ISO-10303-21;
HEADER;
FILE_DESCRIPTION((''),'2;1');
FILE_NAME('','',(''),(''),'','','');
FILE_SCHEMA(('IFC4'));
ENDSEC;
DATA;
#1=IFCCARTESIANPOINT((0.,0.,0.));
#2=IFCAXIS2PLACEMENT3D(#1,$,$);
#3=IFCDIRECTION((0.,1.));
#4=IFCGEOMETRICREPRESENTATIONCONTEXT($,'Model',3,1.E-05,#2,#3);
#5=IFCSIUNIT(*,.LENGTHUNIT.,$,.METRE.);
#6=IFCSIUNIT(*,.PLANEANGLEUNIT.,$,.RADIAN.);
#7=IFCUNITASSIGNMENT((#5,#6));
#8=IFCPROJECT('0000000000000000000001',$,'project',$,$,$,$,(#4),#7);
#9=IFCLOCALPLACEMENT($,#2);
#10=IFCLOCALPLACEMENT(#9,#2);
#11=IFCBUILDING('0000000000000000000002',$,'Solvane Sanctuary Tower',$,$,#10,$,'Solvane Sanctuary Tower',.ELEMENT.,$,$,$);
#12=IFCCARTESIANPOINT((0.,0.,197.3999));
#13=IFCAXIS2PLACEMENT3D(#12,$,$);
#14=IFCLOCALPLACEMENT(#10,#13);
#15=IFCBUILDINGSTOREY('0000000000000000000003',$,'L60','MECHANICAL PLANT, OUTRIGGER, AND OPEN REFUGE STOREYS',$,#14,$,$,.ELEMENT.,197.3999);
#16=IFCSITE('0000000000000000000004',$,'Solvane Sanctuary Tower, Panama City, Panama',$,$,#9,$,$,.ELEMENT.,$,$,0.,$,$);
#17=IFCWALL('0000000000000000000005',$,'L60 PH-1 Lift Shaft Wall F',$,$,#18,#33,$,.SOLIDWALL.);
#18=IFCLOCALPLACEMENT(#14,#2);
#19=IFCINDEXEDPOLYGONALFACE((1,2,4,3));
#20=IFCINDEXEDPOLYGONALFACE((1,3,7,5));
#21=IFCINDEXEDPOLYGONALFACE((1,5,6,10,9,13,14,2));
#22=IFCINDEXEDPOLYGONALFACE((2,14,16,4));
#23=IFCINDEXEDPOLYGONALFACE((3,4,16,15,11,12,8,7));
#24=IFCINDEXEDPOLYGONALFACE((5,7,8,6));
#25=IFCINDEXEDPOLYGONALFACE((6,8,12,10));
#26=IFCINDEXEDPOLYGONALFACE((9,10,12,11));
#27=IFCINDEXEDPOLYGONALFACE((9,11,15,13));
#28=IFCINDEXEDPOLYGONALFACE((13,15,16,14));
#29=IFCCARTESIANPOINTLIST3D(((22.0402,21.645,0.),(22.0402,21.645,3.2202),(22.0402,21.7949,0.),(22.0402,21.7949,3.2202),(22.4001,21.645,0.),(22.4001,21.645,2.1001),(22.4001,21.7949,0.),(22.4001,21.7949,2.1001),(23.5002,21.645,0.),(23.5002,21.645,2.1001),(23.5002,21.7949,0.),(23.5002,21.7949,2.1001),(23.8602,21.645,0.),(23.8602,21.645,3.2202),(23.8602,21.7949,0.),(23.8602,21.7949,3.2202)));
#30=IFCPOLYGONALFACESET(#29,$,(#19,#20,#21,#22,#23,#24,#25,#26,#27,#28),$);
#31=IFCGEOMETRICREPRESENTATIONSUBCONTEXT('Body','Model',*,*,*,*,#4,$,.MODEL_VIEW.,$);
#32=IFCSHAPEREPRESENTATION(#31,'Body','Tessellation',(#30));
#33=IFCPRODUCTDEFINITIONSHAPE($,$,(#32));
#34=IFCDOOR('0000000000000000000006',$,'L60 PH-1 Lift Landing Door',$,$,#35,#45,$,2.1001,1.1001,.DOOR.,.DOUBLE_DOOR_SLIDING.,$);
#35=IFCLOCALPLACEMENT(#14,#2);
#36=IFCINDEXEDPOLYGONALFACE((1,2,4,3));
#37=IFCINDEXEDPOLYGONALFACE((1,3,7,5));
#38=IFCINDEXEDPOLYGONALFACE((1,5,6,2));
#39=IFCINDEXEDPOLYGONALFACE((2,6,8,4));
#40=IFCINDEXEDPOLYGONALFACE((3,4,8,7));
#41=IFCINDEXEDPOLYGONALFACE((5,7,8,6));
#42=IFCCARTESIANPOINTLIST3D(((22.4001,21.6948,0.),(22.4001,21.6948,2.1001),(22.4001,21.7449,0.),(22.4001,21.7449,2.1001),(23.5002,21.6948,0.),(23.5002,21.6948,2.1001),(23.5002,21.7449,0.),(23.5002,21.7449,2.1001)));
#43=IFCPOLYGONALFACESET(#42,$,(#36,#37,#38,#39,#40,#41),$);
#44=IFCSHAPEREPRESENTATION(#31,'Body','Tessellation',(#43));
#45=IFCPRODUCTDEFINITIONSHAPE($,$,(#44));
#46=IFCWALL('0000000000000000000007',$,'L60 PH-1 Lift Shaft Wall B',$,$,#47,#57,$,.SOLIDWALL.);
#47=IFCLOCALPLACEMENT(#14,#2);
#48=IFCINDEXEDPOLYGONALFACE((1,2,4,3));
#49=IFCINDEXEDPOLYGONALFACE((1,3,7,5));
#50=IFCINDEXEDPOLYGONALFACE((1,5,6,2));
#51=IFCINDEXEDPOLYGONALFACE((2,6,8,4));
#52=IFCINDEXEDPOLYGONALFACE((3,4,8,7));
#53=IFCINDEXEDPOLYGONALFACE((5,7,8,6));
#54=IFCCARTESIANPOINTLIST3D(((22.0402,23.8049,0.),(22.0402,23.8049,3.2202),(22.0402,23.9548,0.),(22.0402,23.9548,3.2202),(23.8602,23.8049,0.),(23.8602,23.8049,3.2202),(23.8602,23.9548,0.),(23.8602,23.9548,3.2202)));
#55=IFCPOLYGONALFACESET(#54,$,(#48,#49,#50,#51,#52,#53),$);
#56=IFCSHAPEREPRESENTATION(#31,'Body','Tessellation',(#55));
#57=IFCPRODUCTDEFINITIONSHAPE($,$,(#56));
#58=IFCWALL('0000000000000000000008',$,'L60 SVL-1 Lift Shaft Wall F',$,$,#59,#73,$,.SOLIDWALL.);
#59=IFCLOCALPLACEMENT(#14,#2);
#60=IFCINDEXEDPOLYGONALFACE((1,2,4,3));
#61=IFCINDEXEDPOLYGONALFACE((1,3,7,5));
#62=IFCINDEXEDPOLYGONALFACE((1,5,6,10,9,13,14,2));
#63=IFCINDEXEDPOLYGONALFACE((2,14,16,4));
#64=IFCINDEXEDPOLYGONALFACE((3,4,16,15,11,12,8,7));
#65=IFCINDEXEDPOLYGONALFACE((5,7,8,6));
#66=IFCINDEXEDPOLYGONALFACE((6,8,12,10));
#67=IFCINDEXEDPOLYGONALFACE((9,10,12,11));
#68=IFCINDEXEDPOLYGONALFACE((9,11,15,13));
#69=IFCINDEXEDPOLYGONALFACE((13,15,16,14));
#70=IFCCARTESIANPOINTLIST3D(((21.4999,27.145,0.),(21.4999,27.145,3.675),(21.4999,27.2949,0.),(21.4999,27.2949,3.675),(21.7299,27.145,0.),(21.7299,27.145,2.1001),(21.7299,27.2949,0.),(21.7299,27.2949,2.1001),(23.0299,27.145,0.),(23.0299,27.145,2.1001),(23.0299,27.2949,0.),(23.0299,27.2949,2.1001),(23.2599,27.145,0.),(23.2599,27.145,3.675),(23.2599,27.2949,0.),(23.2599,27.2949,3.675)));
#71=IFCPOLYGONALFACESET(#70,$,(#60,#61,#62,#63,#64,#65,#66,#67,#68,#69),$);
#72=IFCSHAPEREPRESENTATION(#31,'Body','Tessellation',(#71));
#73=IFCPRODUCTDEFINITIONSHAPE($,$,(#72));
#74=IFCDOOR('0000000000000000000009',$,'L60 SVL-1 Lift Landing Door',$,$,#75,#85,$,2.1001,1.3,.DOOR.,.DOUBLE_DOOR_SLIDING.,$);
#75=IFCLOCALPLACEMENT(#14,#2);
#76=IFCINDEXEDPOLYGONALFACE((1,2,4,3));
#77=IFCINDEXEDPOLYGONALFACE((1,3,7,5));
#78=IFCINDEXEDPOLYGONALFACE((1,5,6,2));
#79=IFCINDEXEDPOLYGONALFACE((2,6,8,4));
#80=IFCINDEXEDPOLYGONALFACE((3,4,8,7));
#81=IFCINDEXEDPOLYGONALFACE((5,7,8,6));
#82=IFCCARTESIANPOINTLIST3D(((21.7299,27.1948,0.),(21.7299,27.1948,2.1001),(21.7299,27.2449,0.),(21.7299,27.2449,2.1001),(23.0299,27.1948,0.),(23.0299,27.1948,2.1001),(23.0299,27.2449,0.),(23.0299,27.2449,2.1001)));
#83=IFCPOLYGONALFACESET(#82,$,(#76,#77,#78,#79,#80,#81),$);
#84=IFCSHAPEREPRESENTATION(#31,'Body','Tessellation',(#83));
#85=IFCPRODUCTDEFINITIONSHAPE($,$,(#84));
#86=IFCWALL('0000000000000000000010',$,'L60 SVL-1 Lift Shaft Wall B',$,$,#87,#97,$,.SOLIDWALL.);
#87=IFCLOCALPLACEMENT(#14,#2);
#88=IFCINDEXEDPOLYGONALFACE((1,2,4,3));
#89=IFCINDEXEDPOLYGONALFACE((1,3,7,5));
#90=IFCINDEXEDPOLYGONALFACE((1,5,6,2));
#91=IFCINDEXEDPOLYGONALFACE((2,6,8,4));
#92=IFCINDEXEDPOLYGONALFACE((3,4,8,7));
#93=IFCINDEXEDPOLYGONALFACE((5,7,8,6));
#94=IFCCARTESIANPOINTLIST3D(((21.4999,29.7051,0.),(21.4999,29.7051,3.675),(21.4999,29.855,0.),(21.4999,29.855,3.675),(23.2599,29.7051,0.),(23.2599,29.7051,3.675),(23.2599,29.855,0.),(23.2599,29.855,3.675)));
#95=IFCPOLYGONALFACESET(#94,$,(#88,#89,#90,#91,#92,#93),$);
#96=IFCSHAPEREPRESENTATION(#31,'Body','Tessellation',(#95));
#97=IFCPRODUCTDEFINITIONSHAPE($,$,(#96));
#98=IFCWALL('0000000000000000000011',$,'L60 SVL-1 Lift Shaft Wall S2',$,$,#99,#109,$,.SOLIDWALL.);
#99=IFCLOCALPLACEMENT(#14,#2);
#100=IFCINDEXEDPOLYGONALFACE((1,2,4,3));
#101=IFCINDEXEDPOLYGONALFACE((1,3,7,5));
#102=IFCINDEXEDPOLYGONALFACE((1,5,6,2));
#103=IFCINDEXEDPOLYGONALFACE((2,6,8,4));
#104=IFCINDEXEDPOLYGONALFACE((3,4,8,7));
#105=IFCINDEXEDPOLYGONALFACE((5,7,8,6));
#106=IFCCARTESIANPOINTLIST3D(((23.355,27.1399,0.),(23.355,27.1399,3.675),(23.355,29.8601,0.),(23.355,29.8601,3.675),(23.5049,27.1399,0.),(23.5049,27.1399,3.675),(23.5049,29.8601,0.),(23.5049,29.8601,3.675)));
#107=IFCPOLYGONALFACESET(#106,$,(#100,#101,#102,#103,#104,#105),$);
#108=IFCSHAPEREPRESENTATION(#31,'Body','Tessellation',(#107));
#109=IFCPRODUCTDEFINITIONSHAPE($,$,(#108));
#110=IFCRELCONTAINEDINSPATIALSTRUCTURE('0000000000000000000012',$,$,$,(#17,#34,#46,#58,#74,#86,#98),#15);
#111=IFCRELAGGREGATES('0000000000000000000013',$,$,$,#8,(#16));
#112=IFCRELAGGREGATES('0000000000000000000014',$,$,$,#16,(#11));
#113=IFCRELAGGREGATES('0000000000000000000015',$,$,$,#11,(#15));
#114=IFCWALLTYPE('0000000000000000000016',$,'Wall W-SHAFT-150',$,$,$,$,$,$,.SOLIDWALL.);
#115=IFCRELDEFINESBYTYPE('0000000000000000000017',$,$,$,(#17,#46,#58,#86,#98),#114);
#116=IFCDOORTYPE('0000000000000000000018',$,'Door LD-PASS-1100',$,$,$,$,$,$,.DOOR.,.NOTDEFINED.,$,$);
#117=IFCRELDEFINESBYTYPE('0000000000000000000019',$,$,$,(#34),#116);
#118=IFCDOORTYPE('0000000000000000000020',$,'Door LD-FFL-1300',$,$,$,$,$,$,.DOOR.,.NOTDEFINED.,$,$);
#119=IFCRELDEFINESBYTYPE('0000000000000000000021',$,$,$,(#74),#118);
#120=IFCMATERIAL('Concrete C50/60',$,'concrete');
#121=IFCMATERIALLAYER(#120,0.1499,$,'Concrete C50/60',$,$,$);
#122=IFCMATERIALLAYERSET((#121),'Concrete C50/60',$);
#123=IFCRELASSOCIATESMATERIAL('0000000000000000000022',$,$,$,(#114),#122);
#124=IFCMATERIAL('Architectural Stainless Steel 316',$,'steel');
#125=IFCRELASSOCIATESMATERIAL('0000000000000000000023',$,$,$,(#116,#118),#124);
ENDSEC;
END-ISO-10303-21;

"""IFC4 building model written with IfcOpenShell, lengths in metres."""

from ifc_helpers import new_model, si_unit, direction, frame, frame_2d, origin, place, context, subcontext, project, spatial, rectangle, extrude, material, layer, layer_set, type_object, element, fill, save


model = new_model("IFC4")

# Units and contexts
model_context = context("Model", 3, precision=1e-05, world=origin(), true_north=direction((0.0, 1.0)))
body_context = subcontext(model_context, "Body", "Model", "MODEL_VIEW")
ifc_project = project(units=[si_unit("LENGTHUNIT", "METRE"), si_unit("PLANEANGLEUNIT", "RADIAN")], contexts=[model_context])

# Site, building, storey
site_placement = place(None, origin())
site = spatial("IfcSite", under=ifc_project, at=site_placement, Name="Solvane Sanctuary Tower, Panama City, Panama", CompositionType="ELEMENT", RefElevation=0.0)
building_placement = place(site_placement, origin())
building = spatial("IfcBuilding", under=site, at=building_placement, Name="Solvane Sanctuary Tower", LongName="Solvane Sanctuary Tower", CompositionType="ELEMENT")
storey_placement = place(building_placement, frame((0.0, 0.0, 197.3999)))
storey = spatial("IfcBuildingStorey", under=building, at=storey_placement, Name="L60", Description="MECHANICAL PLANT, OUTRIGGER, AND OPEN REFUGE STOREYS", CompositionType="ELEMENT", Elevation=197.3999)

# Shared definitions
ifc_material_1 = material(Name="Concrete C50/60", Category="concrete")

# Shared definitions
ifc_material_2 = material(Name="Architectural Stainless Steel 316", Category="steel")

# Wall, opening, door
ifc_layer_1 = layer(ifc_material_1, 0.1499, Name="Concrete C50/60")
ifc_layer_set_1 = layer_set([ifc_layer_1], Name="Concrete C50/60")
wall_type_1 = type_object("IfcWallType", Name="Wall W-SHAFT-150", PredefinedType="SOLIDWALL", material=ifc_layer_set_1)
wall_1_placement = place(storey_placement, frame((22.04, 21.72, 0.0), z_axis=(0.0, 0.0, 1.0), x_axis=(1.0, 0.0, 0.0)))
wall_1 = element("IfcWall", 1, at=wall_1_placement, inside=storey, type_object=wall_type_1, Name="L60 PH-1 Lift Shaft Wall F", PredefinedType="SOLIDWALL", context=body_context, shape_type="SweptSolid", body=[
    extrude(rectangle(XDim=1.8201, YDim=0.1499, at=frame_2d((0.9102, 0.0))), origin(), (0.0, 0.0, 1.0), 3.2202),
])
opening_1_placement = place(wall_1_placement, frame((0.3601, 0.0, 0.0)))
opening_1 = element("IfcOpeningElement", 2, at=opening_1_placement, cuts=wall_1, PredefinedType="OPENING", context=body_context, shape_type="SweptSolid", body=[
    extrude(rectangle(XDim=1.1001, YDim=2.1001, at=frame_2d((0.55, 1.05))), frame((0.0, 0.085, 0.0), z_axis=(0.0, -1.0, 0.0), x_axis=(1.0, 0.0, 0.0)), (0.0, 0.0, 1.0), 0.1699),
])
door_type_1 = type_object("IfcDoorType", Name="Door LD-PASS-1100", OperationType="NOTDEFINED", PredefinedType="DOOR", material=ifc_material_2)
door_1_placement = place(opening_1_placement, origin())
door_1 = element("IfcDoor", 3, at=door_1_placement, inside=storey, type_object=door_type_1, Name="L60 PH-1 Lift Landing Door", OperationType="DOUBLE_DOOR_SLIDING", OverallHeight=2.1001, OverallWidth=1.1001, PredefinedType="DOOR", context=body_context, shape_type="SweptSolid", body=[
    extrude(rectangle(XDim=1.1001, YDim=2.1001, at=frame_2d((0.55, 1.05))), frame((0.0, 0.0249, 0.0), z_axis=(0.0, -1.0, 0.0), x_axis=(1.0, 0.0, 0.0)), (0.0, 0.0, 1.0), 0.05),
])
fill(opening_1, door_1)

# Wall
wall_2_placement = place(storey_placement, frame((22.04, 23.8799, 0.0), z_axis=(0.0, 0.0, 1.0), x_axis=(1.0, 0.0, 0.0)))
element("IfcWall", 4, at=wall_2_placement, inside=storey, type_object=wall_type_1, Name="L60 PH-1 Lift Shaft Wall B", PredefinedType="SOLIDWALL", context=body_context, shape_type="SweptSolid", body=[
    extrude(rectangle(XDim=1.8201, YDim=0.1499, at=frame_2d((0.9102, 0.0))), origin(), (0.0, 0.0, 1.0), 3.2202),
])

# Wall, opening, door
wall_3_placement = place(storey_placement, frame((21.5, 27.22, 0.0), z_axis=(0.0, 0.0, 1.0), x_axis=(1.0, 0.0, 0.0)))
wall_3 = element("IfcWall", 5, at=wall_3_placement, inside=storey, type_object=wall_type_1, Name="L60 SVL-1 Lift Shaft Wall F", PredefinedType="SOLIDWALL", context=body_context, shape_type="SweptSolid", body=[
    extrude(rectangle(XDim=1.76, YDim=0.1499, at=frame_2d((0.8799, 0.0))), origin(), (0.0, 0.0, 1.0), 3.675),
])
opening_2_placement = place(wall_3_placement, frame((0.23, 0.0, 0.0)))
opening_2 = element("IfcOpeningElement", 6, at=opening_2_placement, cuts=wall_3, PredefinedType="OPENING", context=body_context, shape_type="SweptSolid", body=[
    extrude(rectangle(XDim=1.3, YDim=2.1001, at=frame_2d((0.6499, 1.05))), frame((0.0, 0.085, 0.0), z_axis=(0.0, -1.0, 0.0), x_axis=(1.0, 0.0, 0.0)), (0.0, 0.0, 1.0), 0.1699),
])
door_type_2 = type_object("IfcDoorType", Name="Door LD-FFL-1300", OperationType="NOTDEFINED", PredefinedType="DOOR", material=ifc_material_2)
door_2_placement = place(opening_2_placement, origin())
door_2 = element("IfcDoor", 7, at=door_2_placement, inside=storey, type_object=door_type_2, Name="L60 SVL-1 Lift Landing Door", OperationType="DOUBLE_DOOR_SLIDING", OverallHeight=2.1001, OverallWidth=1.3, PredefinedType="DOOR", context=body_context, shape_type="SweptSolid", body=[
    extrude(rectangle(XDim=1.3, YDim=2.1001, at=frame_2d((0.6499, 1.05))), frame((0.0, 0.0249, 0.0), z_axis=(0.0, -1.0, 0.0), x_axis=(1.0, 0.0, 0.0)), (0.0, 0.0, 1.0), 0.05),
])
fill(opening_2, door_2)

# Walls
wall_4_placement = place(storey_placement, frame((21.5, 29.78, 0.0), z_axis=(0.0, 0.0, 1.0), x_axis=(1.0, 0.0, 0.0)))
element("IfcWall", 8, at=wall_4_placement, inside=storey, type_object=wall_type_1, Name="L60 SVL-1 Lift Shaft Wall B", PredefinedType="SOLIDWALL", context=body_context, shape_type="SweptSolid", body=[
    extrude(rectangle(XDim=1.76, YDim=0.1499, at=frame_2d((0.8799, 0.0))), origin(), (0.0, 0.0, 1.0), 3.675),
])
wall_5_placement = place(storey_placement, frame((23.4299, 27.1399, 0.0), z_axis=(0.0, 0.0, 1.0), x_axis=(0.0, 1.0, 0.0)))
element("IfcWall", 9, at=wall_5_placement, inside=storey, type_object=wall_type_1, Name="L60 SVL-1 Lift Shaft Wall S2", PredefinedType="SOLIDWALL", context=body_context, shape_type="SweptSolid", body=[
    extrude(rectangle(XDim=2.7202, YDim=0.1499, at=frame_2d((1.3601, 0.0))), origin(), (0.0, 0.0, 1.0), 3.675),
])

save(model, "model.ifc")
